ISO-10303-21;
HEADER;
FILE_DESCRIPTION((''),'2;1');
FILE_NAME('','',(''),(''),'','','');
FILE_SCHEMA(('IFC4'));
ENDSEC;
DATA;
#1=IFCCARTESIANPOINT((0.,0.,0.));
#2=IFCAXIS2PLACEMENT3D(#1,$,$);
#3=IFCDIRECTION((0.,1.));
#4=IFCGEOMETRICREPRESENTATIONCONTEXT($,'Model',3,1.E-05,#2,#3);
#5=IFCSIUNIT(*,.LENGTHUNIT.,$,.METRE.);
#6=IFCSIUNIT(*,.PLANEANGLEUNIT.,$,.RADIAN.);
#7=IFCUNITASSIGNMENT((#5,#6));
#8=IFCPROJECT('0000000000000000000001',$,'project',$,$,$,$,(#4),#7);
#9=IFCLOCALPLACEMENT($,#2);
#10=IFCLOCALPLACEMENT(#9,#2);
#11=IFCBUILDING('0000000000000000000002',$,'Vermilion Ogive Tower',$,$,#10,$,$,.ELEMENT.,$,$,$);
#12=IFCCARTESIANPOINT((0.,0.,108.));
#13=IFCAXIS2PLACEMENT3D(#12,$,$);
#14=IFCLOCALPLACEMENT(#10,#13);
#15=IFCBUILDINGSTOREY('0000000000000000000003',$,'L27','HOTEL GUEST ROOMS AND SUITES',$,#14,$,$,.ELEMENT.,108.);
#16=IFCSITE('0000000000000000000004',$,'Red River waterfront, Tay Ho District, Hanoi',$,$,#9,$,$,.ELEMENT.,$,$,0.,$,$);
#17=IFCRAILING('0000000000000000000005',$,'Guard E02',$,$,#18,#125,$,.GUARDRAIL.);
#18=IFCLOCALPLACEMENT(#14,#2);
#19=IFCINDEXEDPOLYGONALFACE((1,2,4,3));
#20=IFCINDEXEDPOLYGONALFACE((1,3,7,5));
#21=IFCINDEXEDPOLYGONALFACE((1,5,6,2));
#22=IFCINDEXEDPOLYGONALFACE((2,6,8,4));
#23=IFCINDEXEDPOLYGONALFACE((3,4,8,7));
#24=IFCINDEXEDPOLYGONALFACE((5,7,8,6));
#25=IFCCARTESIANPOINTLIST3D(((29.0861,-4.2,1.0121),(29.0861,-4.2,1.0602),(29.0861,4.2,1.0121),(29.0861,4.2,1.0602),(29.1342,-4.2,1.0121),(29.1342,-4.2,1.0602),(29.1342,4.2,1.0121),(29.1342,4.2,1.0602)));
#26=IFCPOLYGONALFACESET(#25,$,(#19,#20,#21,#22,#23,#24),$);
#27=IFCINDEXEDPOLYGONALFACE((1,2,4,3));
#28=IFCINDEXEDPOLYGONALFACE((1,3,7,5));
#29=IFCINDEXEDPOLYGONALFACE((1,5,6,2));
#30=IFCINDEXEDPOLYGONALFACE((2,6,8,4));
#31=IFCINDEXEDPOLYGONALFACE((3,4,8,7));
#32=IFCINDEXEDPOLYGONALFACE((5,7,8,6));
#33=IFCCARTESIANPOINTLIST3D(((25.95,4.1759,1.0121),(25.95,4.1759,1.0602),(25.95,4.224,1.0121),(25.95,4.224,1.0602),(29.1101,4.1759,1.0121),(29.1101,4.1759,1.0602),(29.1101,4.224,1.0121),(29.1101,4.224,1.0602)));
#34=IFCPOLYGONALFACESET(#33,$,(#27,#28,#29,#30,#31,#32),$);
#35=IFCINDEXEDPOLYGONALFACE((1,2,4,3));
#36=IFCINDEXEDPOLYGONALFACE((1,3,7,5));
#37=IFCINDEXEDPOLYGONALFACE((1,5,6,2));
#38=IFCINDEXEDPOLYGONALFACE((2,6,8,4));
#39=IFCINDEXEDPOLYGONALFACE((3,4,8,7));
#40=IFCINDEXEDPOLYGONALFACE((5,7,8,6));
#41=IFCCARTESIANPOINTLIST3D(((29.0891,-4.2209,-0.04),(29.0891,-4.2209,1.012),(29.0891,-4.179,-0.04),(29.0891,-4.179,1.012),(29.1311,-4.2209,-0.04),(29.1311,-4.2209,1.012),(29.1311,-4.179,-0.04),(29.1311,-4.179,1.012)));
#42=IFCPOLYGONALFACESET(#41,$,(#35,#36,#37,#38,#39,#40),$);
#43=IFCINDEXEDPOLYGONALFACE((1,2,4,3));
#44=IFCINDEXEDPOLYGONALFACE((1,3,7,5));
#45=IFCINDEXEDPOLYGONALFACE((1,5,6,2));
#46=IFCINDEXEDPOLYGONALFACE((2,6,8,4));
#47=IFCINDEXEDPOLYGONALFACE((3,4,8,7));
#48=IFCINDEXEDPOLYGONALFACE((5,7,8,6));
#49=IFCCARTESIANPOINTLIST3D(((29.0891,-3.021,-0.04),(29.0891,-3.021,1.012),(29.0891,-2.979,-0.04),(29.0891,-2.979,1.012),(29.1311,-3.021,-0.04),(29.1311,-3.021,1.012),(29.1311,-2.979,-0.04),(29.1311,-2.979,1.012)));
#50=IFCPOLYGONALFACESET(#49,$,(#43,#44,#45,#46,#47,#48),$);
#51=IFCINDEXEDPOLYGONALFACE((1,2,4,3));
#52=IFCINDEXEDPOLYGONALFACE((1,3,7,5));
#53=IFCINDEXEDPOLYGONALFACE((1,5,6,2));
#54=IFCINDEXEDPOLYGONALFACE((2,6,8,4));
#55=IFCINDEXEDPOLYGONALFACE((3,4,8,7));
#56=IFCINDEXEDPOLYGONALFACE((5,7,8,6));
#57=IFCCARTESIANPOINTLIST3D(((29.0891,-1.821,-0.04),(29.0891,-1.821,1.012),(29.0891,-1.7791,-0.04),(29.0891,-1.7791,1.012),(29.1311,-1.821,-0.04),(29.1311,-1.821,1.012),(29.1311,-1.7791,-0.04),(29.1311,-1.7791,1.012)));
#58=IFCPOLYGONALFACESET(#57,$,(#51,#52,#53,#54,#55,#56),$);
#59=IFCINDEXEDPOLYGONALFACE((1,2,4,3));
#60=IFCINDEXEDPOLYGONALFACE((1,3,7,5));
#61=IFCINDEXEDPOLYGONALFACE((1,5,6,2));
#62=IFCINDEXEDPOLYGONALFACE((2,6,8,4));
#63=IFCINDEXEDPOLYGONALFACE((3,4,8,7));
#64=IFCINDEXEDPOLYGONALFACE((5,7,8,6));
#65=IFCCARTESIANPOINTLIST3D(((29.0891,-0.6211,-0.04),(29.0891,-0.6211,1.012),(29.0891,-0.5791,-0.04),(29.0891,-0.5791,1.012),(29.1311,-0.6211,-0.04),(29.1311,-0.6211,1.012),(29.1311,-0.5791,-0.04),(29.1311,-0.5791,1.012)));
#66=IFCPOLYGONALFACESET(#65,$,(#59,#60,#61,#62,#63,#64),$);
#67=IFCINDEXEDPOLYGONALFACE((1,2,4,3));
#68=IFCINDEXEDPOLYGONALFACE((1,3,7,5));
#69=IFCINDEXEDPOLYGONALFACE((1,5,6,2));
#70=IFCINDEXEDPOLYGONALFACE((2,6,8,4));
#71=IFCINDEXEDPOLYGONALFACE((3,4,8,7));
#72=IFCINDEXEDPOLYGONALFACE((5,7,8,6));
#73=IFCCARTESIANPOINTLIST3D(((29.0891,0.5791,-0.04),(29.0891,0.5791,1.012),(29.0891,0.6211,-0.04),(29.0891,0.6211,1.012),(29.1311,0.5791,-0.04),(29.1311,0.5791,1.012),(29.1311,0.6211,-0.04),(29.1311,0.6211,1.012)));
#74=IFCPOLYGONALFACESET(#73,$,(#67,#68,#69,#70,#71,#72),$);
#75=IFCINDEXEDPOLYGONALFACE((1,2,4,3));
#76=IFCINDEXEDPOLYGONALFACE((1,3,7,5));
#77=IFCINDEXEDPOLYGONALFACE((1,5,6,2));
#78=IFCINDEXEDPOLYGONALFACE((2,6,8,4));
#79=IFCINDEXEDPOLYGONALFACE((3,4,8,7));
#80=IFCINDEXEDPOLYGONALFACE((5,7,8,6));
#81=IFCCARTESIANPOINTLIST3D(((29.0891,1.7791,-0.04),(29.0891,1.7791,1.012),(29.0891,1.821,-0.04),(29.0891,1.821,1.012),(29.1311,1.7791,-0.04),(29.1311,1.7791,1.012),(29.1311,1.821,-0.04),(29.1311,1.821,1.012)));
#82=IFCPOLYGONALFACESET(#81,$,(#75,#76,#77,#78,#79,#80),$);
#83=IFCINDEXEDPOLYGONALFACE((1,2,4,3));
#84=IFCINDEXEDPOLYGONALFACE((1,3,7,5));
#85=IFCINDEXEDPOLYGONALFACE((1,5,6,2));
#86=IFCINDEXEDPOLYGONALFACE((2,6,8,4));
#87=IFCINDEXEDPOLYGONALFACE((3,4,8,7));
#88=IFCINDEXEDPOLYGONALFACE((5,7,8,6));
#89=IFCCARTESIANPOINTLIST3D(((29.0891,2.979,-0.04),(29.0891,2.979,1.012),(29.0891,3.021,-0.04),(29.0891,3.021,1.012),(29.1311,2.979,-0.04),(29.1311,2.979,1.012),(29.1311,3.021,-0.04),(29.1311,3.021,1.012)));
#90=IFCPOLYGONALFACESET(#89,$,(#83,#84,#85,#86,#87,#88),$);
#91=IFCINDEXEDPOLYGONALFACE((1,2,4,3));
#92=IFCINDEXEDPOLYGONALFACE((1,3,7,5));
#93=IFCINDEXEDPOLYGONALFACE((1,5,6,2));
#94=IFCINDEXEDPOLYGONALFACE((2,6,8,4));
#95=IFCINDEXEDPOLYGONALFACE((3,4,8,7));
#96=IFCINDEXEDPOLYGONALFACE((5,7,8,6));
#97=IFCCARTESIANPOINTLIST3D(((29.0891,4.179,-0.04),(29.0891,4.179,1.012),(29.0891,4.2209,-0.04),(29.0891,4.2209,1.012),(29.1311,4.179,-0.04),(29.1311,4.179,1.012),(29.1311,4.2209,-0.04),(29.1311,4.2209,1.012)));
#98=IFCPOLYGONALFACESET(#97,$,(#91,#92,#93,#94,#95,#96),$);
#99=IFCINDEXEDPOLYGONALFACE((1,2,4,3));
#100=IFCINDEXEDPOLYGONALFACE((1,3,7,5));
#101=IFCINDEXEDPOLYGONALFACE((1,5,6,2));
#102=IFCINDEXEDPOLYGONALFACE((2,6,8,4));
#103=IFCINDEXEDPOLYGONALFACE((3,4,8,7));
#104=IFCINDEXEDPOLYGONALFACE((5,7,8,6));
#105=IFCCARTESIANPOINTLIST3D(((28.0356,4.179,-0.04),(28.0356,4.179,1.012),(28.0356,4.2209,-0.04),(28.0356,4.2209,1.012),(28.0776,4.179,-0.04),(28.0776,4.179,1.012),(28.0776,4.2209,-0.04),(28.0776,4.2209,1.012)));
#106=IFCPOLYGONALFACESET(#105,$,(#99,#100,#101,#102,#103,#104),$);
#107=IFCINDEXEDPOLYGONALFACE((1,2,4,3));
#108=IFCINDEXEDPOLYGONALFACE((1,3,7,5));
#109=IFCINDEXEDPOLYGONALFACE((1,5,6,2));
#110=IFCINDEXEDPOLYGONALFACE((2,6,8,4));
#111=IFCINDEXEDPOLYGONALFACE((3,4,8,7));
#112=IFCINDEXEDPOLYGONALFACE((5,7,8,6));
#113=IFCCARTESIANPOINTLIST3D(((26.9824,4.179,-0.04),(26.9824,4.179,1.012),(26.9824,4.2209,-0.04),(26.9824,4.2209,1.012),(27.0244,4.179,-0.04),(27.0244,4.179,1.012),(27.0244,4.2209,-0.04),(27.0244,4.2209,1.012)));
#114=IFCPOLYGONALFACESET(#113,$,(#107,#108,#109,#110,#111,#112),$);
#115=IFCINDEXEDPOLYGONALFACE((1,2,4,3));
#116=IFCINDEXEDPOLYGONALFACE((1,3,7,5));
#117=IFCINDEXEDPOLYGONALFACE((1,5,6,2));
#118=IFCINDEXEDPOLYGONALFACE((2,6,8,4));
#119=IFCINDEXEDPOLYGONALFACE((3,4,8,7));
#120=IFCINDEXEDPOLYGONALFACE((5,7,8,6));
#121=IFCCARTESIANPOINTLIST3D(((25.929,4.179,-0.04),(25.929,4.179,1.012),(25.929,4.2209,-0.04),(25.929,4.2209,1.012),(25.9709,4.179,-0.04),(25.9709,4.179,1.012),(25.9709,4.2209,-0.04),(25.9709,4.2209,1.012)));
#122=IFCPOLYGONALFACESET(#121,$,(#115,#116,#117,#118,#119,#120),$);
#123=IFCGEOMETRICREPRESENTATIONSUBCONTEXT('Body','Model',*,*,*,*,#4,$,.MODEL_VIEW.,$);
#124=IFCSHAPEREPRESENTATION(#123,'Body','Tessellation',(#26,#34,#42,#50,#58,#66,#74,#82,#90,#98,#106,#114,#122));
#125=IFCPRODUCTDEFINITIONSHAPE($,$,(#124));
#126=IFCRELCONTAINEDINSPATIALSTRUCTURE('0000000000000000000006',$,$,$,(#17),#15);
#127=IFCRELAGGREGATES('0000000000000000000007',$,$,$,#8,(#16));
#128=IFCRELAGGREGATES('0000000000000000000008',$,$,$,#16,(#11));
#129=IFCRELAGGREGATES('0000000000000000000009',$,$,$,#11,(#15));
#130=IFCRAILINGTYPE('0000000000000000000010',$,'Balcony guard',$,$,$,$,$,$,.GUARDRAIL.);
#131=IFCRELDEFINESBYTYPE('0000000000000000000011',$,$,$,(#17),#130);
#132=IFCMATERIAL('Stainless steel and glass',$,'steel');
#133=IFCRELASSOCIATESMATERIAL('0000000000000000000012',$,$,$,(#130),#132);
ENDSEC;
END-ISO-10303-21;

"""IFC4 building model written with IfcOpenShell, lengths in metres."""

from ifc_helpers import new_model, si_unit, direction, frame, origin, origin_2d, place, context, subcontext, project, spatial, rectangle, extrude, material, type_object, element, save


model = new_model("IFC4")

# Units and contexts
model_context = context("Model", 3, precision=1e-05, world=origin(), true_north=direction((0.0, 1.0)))
body_context = subcontext(model_context, "Body", "Model", "MODEL_VIEW")
ifc_project = project(units=[si_unit("LENGTHUNIT", "METRE"), si_unit("PLANEANGLEUNIT", "RADIAN")], contexts=[model_context])

# Site, building, storey
site_placement = place(None, origin())
site = spatial("IfcSite", under=ifc_project, at=site_placement, Name="Red River waterfront, Tay Ho District, Hanoi", CompositionType="ELEMENT", RefElevation=0.0)
building_placement = place(site_placement, origin())
building = spatial("IfcBuilding", under=site, at=building_placement, Name="Vermilion Ogive Tower", CompositionType="ELEMENT")
storey_placement = place(building_placement, frame((0.0, 0.0, 108.0)))
storey = spatial("IfcBuildingStorey", under=building, at=storey_placement, Name="L27", Description="HOTEL GUEST ROOMS AND SUITES", CompositionType="ELEMENT", Elevation=108.0)

# Railing
ifc_material_1 = material(Name="Stainless steel and glass", Category="steel")
railing_type = type_object("IfcRailingType", Name="Balcony guard", PredefinedType="GUARDRAIL", material=ifc_material_1)
railing_placement = place(storey_placement, frame((29.1101, -4.2, -0.04)))
element("IfcRailing", 1, at=railing_placement, inside=storey, type_object=railing_type, Name="Guard E02", PredefinedType="GUARDRAIL", context=body_context, shape_type="SweptSolid", body=[
    extrude(rectangle(XDim=0.0481, YDim=0.0481, at=origin_2d()), frame((0.0, 0.0, 1.0762), z_axis=(0.0, 1.0, 0.0), x_axis=(-1.0, 0.0, 0.0)), (0.0, 0.0, 1.0), 8.3999),
    extrude(rectangle(XDim=0.0481, YDim=0.0481, at=origin_2d()), frame((0.0, 8.3999, 1.0762), z_axis=(-1.0, 0.0, 0.0), x_axis=(0.0, -1.0, 0.0)), (0.0, 0.0, 1.0), 3.1602),
    extrude(rectangle(XDim=0.042, YDim=0.042, at=origin_2d()), origin(), (0.0, 0.0, 1.0), 1.052),
    extrude(rectangle(XDim=0.042, YDim=0.042, at=origin_2d()), frame((0.0, 1.2, 0.0)), (0.0, 0.0, 1.0), 1.052),
    extrude(rectangle(XDim=0.042, YDim=0.042, at=origin_2d()), frame((0.0, 2.3999, 0.0)), (0.0, 0.0, 1.0), 1.052),
    extrude(rectangle(XDim=0.042, YDim=0.042, at=origin_2d()), frame((0.0, 3.5999, 0.0)), (0.0, 0.0, 1.0), 1.052),
    extrude(rectangle(XDim=0.042, YDim=0.042, at=origin_2d()), frame((0.0, 4.8, 0.0)), (0.0, 0.0, 1.0), 1.052),
    extrude(rectangle(XDim=0.042, YDim=0.042, at=origin_2d()), frame((0.0, 6.0, 0.0)), (0.0, 0.0, 1.0), 1.052),
    extrude(rectangle(XDim=0.042, YDim=0.042, at=origin_2d()), frame((0.0, 7.2, 0.0)), (0.0, 0.0, 1.0), 1.052),
    extrude(rectangle(XDim=0.042, YDim=0.042, at=origin_2d()), frame((0.0, 8.3999, 0.0)), (0.0, 0.0, 1.0), 1.052),
    extrude(rectangle(XDim=0.042, YDim=0.042, at=origin_2d()), frame((-1.0535, 8.3999, 0.0)), (0.0, 0.0, 1.0), 1.052),
    extrude(rectangle(XDim=0.042, YDim=0.042, at=origin_2d()), frame((-2.1067, 8.3999, 0.0)), (0.0, 0.0, 1.0), 1.052),
    extrude(rectangle(XDim=0.042, YDim=0.042, at=origin_2d()), frame((-3.1602, 8.3999, 0.0)), (0.0, 0.0, 1.0), 1.052),
])

save(model, "model.ifc")
